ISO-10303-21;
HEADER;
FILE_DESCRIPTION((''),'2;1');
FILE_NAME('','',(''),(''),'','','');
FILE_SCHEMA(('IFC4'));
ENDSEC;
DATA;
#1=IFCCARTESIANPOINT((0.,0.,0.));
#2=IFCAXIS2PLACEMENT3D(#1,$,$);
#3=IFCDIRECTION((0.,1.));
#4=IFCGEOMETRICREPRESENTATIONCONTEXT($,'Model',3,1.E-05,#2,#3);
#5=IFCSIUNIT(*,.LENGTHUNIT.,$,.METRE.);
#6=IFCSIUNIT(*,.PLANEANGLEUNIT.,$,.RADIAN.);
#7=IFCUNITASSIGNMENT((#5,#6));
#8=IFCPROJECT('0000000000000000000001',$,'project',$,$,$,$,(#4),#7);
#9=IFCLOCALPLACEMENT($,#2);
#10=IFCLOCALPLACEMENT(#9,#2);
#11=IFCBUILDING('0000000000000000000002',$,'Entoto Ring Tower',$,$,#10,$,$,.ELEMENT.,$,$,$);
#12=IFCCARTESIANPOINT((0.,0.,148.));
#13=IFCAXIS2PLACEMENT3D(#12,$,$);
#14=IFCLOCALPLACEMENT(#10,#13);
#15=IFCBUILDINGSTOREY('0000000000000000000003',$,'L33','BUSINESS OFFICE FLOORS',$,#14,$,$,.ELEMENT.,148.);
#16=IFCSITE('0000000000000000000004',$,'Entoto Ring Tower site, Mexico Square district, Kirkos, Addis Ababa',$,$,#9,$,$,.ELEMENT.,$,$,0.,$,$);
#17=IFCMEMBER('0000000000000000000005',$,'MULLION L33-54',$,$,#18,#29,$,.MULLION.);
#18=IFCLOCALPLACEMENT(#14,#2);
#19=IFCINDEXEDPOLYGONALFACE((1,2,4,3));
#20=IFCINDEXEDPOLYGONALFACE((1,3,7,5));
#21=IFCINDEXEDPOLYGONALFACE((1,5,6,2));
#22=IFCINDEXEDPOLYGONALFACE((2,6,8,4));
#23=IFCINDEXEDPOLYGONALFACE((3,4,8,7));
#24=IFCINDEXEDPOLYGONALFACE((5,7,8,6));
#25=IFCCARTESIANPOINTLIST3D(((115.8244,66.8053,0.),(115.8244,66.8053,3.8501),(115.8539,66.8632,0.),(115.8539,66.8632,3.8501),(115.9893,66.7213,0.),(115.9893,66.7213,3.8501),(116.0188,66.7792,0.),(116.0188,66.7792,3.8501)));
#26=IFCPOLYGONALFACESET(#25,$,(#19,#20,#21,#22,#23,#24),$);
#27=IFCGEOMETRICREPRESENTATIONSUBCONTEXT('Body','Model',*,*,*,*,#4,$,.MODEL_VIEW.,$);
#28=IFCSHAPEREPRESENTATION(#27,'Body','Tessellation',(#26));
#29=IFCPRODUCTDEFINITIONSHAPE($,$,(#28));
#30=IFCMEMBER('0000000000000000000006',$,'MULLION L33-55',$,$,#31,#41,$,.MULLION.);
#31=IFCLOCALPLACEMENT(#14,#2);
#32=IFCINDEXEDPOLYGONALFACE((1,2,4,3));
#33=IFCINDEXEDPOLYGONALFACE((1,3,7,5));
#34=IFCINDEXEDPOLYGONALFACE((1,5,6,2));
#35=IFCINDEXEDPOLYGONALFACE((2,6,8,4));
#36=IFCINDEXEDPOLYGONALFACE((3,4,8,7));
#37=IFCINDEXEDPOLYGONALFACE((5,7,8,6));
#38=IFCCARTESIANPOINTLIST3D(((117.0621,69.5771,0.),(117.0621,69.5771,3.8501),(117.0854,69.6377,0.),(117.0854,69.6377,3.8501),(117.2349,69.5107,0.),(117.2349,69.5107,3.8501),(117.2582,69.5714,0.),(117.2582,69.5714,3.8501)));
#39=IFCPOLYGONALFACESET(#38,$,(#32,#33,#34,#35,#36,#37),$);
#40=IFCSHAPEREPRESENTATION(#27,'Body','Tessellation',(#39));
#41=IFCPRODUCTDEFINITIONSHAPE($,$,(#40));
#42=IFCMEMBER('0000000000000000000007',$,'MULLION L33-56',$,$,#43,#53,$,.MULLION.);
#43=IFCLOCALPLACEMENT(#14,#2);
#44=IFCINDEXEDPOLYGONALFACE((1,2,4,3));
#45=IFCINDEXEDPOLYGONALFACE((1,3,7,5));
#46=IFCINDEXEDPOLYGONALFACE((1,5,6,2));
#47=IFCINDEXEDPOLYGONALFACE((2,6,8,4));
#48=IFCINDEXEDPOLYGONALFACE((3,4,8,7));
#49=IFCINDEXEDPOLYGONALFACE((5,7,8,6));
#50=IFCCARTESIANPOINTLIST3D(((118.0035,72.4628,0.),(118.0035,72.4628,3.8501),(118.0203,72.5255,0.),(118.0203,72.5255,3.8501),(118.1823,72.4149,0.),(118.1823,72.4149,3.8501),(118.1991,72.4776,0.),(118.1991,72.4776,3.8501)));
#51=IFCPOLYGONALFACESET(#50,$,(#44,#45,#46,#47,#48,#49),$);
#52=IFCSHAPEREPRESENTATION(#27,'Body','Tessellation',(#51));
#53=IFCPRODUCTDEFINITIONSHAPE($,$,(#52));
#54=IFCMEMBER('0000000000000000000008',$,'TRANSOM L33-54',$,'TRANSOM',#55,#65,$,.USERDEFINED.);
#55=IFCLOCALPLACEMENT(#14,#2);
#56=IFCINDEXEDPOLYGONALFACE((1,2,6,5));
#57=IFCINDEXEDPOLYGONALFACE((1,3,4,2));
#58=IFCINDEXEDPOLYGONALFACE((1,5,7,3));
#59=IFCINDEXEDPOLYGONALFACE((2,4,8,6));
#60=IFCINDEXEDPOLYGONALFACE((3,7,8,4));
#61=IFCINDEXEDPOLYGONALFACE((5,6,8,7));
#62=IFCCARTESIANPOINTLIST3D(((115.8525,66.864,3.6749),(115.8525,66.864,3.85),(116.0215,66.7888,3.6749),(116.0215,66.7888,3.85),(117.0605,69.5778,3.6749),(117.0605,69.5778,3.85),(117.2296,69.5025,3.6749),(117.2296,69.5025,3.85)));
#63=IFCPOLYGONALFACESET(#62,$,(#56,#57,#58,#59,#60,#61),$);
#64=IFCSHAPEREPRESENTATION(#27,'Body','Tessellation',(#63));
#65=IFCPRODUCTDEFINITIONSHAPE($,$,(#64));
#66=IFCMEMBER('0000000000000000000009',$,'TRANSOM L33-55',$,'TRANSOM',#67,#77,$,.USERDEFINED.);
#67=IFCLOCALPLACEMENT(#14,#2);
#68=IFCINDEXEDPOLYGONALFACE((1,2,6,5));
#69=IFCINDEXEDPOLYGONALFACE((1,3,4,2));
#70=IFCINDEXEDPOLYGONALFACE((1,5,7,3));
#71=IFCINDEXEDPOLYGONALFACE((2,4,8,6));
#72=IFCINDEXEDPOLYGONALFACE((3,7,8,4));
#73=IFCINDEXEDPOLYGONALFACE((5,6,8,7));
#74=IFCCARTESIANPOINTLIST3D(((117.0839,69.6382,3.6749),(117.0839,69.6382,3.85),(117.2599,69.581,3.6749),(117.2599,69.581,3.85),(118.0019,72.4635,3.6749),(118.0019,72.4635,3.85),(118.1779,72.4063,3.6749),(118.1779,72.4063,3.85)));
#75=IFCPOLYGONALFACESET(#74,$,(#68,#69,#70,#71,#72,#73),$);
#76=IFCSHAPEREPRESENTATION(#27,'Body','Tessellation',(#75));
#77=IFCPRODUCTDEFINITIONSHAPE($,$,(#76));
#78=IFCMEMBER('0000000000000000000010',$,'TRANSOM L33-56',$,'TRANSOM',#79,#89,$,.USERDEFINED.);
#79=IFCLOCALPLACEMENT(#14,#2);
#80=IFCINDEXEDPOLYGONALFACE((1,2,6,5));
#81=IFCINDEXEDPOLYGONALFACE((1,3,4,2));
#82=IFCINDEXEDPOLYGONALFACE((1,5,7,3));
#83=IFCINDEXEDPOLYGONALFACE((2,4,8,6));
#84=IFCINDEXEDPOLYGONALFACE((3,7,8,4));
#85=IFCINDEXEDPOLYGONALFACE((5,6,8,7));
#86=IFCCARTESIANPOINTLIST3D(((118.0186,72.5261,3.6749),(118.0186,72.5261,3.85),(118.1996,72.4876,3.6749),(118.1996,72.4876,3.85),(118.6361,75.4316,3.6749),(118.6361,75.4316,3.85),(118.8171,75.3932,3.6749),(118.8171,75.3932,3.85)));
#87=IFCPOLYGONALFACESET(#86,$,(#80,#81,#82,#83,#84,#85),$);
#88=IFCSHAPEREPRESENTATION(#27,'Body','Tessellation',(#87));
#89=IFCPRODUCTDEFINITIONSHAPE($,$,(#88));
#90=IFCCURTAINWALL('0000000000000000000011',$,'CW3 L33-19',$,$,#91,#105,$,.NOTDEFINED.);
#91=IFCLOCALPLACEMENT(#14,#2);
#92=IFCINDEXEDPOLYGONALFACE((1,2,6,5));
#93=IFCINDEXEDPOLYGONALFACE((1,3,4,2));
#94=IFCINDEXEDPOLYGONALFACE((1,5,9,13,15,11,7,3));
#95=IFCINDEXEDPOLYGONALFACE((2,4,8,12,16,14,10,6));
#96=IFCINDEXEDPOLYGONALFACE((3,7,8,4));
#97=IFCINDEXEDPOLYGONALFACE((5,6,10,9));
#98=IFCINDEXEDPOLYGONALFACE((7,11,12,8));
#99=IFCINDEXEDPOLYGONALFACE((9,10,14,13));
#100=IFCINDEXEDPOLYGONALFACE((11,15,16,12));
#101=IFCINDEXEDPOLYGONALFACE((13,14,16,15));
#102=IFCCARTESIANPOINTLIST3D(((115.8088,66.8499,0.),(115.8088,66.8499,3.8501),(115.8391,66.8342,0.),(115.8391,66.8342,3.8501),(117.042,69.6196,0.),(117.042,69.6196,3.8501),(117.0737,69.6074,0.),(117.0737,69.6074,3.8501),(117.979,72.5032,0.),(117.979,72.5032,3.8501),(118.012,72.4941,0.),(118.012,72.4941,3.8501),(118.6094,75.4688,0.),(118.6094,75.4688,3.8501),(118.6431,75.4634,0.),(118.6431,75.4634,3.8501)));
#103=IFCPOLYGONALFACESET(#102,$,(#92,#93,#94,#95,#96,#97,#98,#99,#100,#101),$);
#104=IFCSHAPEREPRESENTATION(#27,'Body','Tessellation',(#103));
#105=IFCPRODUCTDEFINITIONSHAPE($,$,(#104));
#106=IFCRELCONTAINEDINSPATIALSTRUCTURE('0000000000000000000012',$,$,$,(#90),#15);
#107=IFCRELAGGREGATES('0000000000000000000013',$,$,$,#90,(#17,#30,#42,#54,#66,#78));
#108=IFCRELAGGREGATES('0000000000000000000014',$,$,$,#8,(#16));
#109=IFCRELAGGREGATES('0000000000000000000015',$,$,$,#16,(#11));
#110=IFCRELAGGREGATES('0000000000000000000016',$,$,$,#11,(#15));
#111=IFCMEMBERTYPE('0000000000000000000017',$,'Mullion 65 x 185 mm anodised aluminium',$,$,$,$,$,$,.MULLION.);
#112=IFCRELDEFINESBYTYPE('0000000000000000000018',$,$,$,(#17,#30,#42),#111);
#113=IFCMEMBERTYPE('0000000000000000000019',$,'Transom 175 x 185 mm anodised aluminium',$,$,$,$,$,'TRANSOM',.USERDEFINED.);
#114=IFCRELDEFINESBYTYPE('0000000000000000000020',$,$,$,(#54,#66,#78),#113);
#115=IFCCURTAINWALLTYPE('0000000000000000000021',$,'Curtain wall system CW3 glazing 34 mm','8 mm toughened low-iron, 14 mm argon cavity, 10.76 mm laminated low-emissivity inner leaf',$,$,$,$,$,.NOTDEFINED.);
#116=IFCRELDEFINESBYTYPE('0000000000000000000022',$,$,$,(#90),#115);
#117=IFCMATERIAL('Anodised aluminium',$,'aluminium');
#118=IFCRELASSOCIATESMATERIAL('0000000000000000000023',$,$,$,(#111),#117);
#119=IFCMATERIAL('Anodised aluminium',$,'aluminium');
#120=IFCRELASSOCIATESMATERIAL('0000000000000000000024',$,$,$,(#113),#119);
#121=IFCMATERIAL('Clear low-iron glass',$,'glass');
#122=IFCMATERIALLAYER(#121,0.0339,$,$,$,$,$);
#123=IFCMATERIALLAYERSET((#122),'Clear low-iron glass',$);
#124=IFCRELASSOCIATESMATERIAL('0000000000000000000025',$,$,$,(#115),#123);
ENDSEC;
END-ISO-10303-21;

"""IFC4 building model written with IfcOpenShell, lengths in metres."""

from ifc_helpers import new_model, si_unit, direction, frame, origin, origin_2d, place, context, subcontext, project, spatial, polyline, rectangle, outline, extrude, material, layer, layer_set, material_profile, profile_set, type_object, element, aggregate, save


model = new_model("IFC4")

# Units and contexts
model_context = context("Model", 3, precision=1e-05, world=origin(), true_north=direction((0.0, 1.0)))
body_context = subcontext(model_context, "Body", "Model", "MODEL_VIEW")
ifc_project = project(units=[si_unit("LENGTHUNIT", "METRE"), si_unit("PLANEANGLEUNIT", "RADIAN")], contexts=[model_context])

# Members
ifc_material_1 = material(Name="Anodised aluminium", Category="aluminium")
ifc_material_profile_1 = material_profile(ifc_material_1, rectangle(XDim=0.0649, YDim=0.1851, at=origin_2d()), Name="Mullion 65 x 185 mm anodised aluminium")
ifc_profile_set_1 = profile_set([ifc_material_profile_1], Name="Anodised aluminium")
member_type_1 = type_object("IfcMemberType", Name="Mullion 65 x 185 mm anodised aluminium", PredefinedType="MULLION", material=ifc_profile_set_1)
site_placement = place(None, origin())
building_placement = place(site_placement, origin())
storey_placement = place(building_placement, frame((0.0, 0.0, 148.0)))
member_1_placement = place(storey_placement, frame((115.9216, 66.7922, 0.0), z_axis=(0.0, 0.0, 1.0), x_axis=(0.45399, 0.891007, 0.0)))
member_1 = element("IfcMember", 1, at=member_1_placement, type_object=member_type_1, Name="MULLION L33-54", PredefinedType="MULLION", context=body_context, shape_type="SweptSolid", body=[
    extrude(rectangle(XDim=0.0649, YDim=0.1851, at=origin_2d()), origin(), (0.0, 0.0, 1.0), 3.8501),
])
member_2_placement = place(storey_placement, frame((117.1602, 69.5742, 0.0), z_axis=(0.0, 0.0, 1.0), x_axis=(0.358368, 0.93358, 0.0)))
member_2 = element("IfcMember", 2, at=member_2_placement, type_object=member_type_1, Name="MULLION L33-55", PredefinedType="MULLION", context=body_context, shape_type="SweptSolid", body=[
    extrude(rectangle(XDim=0.0649, YDim=0.1851, at=origin_2d()), origin(), (0.0, 0.0, 1.0), 3.8501),
])
member_3_placement = place(storey_placement, frame((118.1013, 72.4702, 0.0), z_axis=(0.0, 0.0, 1.0), x_axis=(0.258819, 0.965926, 0.0)))
member_3 = element("IfcMember", 3, at=member_3_placement, type_object=member_type_1, Name="MULLION L33-56", PredefinedType="MULLION", context=body_context, shape_type="SweptSolid", body=[
    extrude(rectangle(XDim=0.0649, YDim=0.1851, at=origin_2d()), origin(), (0.0, 0.0, 1.0), 3.8501),
])
ifc_material_2 = material(Name="Anodised aluminium", Category="aluminium")
ifc_material_profile_2 = material_profile(ifc_material_2, rectangle(XDim=0.1851, YDim=0.175, at=origin_2d()), Name="Transom 175 x 185 mm anodised aluminium")
ifc_profile_set_2 = profile_set([ifc_material_profile_2], Name="Anodised aluminium")
member_type_2 = type_object("IfcMemberType", Name="Transom 175 x 185 mm anodised aluminium", ElementType="TRANSOM", PredefinedType="USERDEFINED", material=ifc_profile_set_2)
member_4_placement = place(storey_placement, frame((115.937, 66.8264, 3.7625), z_axis=(0.406687, 0.913567, 0.0), x_axis=(-0.913567, 0.406687, 0.0)))
member_4 = element("IfcMember", 4, at=member_4_placement, type_object=member_type_2, Name="TRANSOM L33-54", ObjectType="TRANSOM", PredefinedType="USERDEFINED", context=body_context, shape_type="SweptSolid", body=[
    extrude(rectangle(XDim=0.1851, YDim=0.175, at=origin_2d()), origin(), (0.0, 0.0, 1.0), 2.9705),
])
member_5_placement = place(storey_placement, frame((117.1719, 69.6096, 3.7625), z_axis=(0.309019, 0.951056, 0.0), x_axis=(-0.951056, 0.309019, 0.0)))
member_5 = element("IfcMember", 5, at=member_5_placement, type_object=member_type_2, Name="TRANSOM L33-55", ObjectType="TRANSOM", PredefinedType="USERDEFINED", context=body_context, shape_type="SweptSolid", body=[
    extrude(rectangle(XDim=0.1851, YDim=0.175, at=origin_2d()), origin(), (0.0, 0.0, 1.0), 2.9707),
])
member_6_placement = place(storey_placement, frame((118.1091, 72.5068, 3.7625), z_axis=(0.207862, 0.978158, 0.0), x_axis=(-0.978158, 0.207862, 0.0)))
member_6 = element("IfcMember", 6, at=member_6_placement, type_object=member_type_2, Name="TRANSOM L33-56", ObjectType="TRANSOM", PredefinedType="USERDEFINED", context=body_context, shape_type="SweptSolid", body=[
    extrude(rectangle(XDim=0.1851, YDim=0.175, at=origin_2d()), origin(), (0.0, 0.0, 1.0), 2.9705),
])

# Site, building, storey
site = spatial("IfcSite", under=ifc_project, at=site_placement, Name="Entoto Ring Tower site, Mexico Square district, Kirkos, Addis Ababa", CompositionType="ELEMENT", RefElevation=0.0)
building = spatial("IfcBuilding", under=site, at=building_placement, Name="Entoto Ring Tower", CompositionType="ELEMENT")
storey = spatial("IfcBuildingStorey", under=building, at=storey_placement, Name="L33", Description="BUSINESS OFFICE FLOORS", CompositionType="ELEMENT", Elevation=148.0)

# Curtain wall
ifc_material_3 = material(Name="Clear low-iron glass", Category="glass")
ifc_layer_1 = layer(ifc_material_3, 0.0339)
ifc_layer_set_1 = layer_set([ifc_layer_1], Name="Clear low-iron glass")
curtain_wall_type = type_object("IfcCurtainWallType", Name="Curtain wall system CW3 glazing 34 mm", Description="8 mm toughened low-iron, 14 mm argon cavity, 10.76 mm laminated low-emissivity inner leaf", PredefinedType="NOTDEFINED", material=ifc_layer_set_1)
curtain_wall_1_placement = place(storey_placement, origin())
curtain_wall_1 = element("IfcCurtainWall", 7, at=curtain_wall_1_placement, inside=storey, type_object=curtain_wall_type, Name="CW3 L33-19", PredefinedType="NOTDEFINED", context=body_context, shape_type="SweptSolid", body=[
    extrude(outline(polyline([(115.8391, 66.8342), (117.0737, 69.6074), (118.012, 72.4941), (118.6431, 75.4634), (118.6094, 75.4688), (117.979, 72.5032), (117.042, 69.6196), (115.8088, 66.8499), (115.8391, 66.8342)])), origin(), (0.0, 0.0, 1.0), 3.8501),
])
aggregate(curtain_wall_1, [member_1, member_2, member_3, member_4, member_5, member_6])

save(model, "model.ifc")
